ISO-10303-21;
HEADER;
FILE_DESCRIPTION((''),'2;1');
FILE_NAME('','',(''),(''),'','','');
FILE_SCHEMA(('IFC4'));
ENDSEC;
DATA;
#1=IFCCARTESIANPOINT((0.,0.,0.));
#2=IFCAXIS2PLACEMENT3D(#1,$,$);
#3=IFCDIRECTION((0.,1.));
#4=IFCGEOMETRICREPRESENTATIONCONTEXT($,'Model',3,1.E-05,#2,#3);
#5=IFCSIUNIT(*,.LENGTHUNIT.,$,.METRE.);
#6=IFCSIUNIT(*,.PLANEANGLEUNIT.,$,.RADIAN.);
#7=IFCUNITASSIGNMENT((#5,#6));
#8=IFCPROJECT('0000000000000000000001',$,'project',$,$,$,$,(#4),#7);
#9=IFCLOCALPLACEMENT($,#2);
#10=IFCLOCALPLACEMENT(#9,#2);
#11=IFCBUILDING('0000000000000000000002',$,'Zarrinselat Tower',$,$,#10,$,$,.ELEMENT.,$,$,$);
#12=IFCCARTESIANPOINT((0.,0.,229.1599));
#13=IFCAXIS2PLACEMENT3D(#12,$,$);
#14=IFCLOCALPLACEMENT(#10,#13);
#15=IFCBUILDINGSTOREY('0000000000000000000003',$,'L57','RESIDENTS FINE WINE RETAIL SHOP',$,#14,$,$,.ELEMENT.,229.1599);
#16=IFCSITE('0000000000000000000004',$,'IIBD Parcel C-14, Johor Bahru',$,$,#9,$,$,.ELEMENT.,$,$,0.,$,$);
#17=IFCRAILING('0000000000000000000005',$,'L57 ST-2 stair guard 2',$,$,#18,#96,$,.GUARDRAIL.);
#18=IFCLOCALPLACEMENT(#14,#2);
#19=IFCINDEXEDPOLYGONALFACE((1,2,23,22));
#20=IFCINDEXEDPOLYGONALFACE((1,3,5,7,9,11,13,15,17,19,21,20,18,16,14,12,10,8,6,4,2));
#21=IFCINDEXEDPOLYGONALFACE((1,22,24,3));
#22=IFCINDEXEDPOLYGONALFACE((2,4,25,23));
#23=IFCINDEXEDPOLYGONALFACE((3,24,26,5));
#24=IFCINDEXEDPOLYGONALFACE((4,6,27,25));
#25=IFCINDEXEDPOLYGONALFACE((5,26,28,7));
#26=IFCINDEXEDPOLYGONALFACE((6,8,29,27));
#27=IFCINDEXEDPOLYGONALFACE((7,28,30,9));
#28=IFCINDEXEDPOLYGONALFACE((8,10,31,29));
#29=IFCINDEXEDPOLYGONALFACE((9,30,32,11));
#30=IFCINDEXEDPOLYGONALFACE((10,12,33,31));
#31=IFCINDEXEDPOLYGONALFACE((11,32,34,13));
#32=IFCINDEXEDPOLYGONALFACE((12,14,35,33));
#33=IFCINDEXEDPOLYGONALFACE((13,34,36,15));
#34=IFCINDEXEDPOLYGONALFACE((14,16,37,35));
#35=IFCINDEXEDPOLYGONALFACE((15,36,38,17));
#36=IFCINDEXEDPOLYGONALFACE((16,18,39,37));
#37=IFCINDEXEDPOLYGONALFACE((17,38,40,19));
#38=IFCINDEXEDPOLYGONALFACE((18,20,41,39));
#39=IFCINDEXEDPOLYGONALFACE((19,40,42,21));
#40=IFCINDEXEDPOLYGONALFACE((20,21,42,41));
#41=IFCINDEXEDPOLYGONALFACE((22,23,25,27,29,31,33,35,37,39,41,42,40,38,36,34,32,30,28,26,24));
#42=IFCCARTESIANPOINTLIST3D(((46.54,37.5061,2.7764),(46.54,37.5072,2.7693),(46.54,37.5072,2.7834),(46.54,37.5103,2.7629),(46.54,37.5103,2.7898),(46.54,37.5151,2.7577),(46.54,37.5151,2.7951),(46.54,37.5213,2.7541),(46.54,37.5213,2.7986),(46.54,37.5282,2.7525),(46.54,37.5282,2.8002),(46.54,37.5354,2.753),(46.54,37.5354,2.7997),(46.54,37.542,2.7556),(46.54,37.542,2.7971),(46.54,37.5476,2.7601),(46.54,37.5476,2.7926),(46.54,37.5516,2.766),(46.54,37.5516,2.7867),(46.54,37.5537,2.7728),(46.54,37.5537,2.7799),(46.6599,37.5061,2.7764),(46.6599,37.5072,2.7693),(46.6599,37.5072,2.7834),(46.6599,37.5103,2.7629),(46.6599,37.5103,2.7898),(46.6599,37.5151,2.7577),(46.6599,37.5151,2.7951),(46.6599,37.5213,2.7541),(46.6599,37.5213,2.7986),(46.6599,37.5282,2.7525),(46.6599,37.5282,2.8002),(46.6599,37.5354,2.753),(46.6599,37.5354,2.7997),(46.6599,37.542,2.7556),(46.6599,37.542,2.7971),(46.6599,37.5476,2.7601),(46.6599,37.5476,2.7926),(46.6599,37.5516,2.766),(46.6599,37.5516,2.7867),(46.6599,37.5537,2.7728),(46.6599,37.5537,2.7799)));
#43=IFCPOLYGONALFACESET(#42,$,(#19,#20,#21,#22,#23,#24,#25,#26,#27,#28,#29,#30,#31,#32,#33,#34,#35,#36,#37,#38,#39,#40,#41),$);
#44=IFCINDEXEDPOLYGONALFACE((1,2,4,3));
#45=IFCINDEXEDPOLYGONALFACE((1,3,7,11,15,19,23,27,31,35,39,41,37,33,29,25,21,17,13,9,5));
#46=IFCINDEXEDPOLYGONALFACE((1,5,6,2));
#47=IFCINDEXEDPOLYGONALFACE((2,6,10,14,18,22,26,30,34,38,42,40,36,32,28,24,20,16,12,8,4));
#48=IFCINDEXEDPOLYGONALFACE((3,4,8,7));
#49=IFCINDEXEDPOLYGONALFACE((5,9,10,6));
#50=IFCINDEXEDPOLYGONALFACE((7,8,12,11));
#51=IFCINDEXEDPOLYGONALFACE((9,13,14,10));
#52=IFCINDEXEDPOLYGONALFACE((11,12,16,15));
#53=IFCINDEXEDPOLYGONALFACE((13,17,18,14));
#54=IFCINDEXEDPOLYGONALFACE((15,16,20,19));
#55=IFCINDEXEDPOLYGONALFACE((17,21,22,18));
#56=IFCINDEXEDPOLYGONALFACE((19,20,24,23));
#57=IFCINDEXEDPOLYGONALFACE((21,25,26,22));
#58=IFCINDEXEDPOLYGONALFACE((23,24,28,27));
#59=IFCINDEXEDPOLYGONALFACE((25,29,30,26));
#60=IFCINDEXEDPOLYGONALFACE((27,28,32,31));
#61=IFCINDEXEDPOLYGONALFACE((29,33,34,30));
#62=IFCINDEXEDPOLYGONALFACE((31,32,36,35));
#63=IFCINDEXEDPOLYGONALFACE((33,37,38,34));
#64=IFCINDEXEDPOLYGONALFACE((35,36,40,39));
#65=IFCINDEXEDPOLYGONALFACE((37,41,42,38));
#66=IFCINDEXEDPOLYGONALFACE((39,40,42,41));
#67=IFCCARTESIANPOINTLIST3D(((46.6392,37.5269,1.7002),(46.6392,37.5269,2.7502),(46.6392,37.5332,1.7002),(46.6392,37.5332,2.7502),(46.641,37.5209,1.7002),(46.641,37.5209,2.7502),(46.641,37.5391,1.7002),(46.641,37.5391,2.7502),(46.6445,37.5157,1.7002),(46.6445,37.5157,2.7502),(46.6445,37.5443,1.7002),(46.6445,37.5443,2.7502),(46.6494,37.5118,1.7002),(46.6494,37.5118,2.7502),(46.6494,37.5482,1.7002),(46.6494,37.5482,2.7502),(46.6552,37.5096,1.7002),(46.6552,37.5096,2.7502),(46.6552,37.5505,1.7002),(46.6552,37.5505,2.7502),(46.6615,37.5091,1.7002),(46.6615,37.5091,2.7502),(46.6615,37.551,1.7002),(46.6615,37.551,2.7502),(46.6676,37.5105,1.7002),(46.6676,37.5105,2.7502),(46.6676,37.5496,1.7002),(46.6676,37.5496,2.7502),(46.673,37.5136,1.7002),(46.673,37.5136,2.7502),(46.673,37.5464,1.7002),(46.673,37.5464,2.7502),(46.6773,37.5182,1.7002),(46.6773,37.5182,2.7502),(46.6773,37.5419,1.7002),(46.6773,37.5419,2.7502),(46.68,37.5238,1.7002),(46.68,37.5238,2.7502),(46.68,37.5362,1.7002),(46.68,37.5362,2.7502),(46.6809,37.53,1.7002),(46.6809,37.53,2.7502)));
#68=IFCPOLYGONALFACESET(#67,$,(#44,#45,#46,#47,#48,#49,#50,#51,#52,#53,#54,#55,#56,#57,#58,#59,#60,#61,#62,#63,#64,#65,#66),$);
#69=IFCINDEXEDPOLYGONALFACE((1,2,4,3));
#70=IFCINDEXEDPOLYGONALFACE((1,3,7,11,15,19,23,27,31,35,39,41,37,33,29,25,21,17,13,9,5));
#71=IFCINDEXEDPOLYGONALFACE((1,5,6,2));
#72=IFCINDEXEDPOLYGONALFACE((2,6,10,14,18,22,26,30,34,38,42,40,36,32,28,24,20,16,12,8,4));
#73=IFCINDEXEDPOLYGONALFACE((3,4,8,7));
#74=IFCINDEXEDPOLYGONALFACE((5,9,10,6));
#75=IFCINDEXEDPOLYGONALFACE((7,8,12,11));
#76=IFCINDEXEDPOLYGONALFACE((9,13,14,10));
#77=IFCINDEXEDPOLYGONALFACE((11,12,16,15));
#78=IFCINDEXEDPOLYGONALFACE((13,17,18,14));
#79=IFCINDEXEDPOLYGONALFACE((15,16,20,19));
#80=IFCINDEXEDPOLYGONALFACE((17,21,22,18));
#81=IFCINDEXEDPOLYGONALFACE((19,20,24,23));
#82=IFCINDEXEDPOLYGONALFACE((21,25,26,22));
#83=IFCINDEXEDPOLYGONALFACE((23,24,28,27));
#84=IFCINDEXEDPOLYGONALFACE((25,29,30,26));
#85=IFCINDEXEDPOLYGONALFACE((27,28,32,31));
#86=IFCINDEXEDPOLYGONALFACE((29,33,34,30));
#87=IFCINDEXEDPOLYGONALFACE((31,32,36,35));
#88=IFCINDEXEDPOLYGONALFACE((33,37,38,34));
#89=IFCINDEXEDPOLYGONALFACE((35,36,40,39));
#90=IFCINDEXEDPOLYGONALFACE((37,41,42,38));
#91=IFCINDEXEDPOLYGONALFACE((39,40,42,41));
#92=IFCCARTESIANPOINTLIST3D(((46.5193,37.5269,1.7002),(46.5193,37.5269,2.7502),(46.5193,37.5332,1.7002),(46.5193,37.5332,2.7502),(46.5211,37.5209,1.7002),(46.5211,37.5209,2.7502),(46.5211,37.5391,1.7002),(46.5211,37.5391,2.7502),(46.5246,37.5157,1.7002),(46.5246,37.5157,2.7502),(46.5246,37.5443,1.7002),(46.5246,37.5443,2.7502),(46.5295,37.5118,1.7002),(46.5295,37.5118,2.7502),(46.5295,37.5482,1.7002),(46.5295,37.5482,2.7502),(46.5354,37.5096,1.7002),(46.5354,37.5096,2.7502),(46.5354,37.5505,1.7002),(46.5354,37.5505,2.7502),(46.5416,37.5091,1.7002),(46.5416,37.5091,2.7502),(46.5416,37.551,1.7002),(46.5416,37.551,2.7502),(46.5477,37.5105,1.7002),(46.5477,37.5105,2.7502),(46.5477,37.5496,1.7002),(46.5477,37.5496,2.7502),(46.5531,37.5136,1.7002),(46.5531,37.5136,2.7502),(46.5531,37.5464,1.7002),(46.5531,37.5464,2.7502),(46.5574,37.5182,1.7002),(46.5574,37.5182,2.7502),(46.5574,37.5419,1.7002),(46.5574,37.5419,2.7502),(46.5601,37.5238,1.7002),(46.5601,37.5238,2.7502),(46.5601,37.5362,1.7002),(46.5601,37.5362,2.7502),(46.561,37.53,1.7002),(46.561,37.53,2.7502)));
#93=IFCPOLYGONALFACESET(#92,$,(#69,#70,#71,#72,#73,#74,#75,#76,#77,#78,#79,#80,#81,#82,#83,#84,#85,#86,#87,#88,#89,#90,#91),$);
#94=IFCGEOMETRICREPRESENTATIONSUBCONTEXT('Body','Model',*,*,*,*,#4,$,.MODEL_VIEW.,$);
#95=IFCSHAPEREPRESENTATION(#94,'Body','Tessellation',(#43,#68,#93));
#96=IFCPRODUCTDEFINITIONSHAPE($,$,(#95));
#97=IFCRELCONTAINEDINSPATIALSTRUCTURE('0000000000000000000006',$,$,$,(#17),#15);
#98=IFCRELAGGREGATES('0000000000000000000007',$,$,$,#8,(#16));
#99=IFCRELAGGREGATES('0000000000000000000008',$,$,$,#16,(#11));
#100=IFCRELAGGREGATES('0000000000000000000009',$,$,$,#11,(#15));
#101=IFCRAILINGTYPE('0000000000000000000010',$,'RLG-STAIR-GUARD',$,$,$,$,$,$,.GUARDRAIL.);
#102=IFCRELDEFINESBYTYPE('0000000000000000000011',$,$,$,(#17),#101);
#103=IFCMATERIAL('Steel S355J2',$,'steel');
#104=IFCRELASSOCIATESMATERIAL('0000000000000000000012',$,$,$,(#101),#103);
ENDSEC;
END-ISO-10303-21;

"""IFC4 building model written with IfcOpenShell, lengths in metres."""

from ifc_helpers import new_model, si_unit, direction, frame, origin, origin_2d, place, context, subcontext, project, spatial, circle, extrude, material, type_object, element, save


model = new_model("IFC4")

# Units and contexts
model_context = context("Model", 3, precision=1e-05, world=origin(), true_north=direction((0.0, 1.0)))
body_context = subcontext(model_context, "Body", "Model", "MODEL_VIEW")
ifc_project = project(units=[si_unit("LENGTHUNIT", "METRE"), si_unit("PLANEANGLEUNIT", "RADIAN")], contexts=[model_context])

# Site, building, storey
site_placement = place(None, origin())
site = spatial("IfcSite", under=ifc_project, at=site_placement, Name="IIBD Parcel C-14, Johor Bahru", CompositionType="ELEMENT", RefElevation=0.0)
building_placement = place(site_placement, origin())
building = spatial("IfcBuilding", under=site, at=building_placement, Name="Zarrinselat Tower", CompositionType="ELEMENT")
storey_placement = place(building_placement, frame((0.0, 0.0, 229.1599)))
storey = spatial("IfcBuildingStorey", under=building, at=storey_placement, Name="L57", Description="RESIDENTS FINE WINE RETAIL SHOP", CompositionType="ELEMENT", Elevation=229.1599)

# Railing
ifc_material_1 = material(Name="Steel S355J2", Category="steel")
railing_type = type_object("IfcRailingType", Name="RLG-STAIR-GUARD", PredefinedType="GUARDRAIL", material=ifc_material_1)
railing_1_placement = place(storey_placement, frame((46.6599, 37.53, 1.7002)))
element("IfcRailing", 1, at=railing_1_placement, inside=storey, type_object=railing_type, Name="L57 ST-2 stair guard 2", PredefinedType="GUARDRAIL", context=body_context, shape_type="SweptSolid", body=[
    extrude(circle(Radius=0.0239, at=origin_2d()), frame((0.0, 0.0, 1.0762), z_axis=(-1.0, 0.0, 0.0), x_axis=(0.0, -1.0, 0.0)), (0.0, 0.0, 1.0), 0.1199),
    extrude(circle(Radius=0.021, at=origin_2d()), origin(), (0.0, 0.0, 1.0), 1.05),
    extrude(circle(Radius=0.021, at=origin_2d()), frame((-0.1199, 0.0, 0.0)), (0.0, 0.0, 1.0), 1.05),
])

save(model, "model.ifc")
